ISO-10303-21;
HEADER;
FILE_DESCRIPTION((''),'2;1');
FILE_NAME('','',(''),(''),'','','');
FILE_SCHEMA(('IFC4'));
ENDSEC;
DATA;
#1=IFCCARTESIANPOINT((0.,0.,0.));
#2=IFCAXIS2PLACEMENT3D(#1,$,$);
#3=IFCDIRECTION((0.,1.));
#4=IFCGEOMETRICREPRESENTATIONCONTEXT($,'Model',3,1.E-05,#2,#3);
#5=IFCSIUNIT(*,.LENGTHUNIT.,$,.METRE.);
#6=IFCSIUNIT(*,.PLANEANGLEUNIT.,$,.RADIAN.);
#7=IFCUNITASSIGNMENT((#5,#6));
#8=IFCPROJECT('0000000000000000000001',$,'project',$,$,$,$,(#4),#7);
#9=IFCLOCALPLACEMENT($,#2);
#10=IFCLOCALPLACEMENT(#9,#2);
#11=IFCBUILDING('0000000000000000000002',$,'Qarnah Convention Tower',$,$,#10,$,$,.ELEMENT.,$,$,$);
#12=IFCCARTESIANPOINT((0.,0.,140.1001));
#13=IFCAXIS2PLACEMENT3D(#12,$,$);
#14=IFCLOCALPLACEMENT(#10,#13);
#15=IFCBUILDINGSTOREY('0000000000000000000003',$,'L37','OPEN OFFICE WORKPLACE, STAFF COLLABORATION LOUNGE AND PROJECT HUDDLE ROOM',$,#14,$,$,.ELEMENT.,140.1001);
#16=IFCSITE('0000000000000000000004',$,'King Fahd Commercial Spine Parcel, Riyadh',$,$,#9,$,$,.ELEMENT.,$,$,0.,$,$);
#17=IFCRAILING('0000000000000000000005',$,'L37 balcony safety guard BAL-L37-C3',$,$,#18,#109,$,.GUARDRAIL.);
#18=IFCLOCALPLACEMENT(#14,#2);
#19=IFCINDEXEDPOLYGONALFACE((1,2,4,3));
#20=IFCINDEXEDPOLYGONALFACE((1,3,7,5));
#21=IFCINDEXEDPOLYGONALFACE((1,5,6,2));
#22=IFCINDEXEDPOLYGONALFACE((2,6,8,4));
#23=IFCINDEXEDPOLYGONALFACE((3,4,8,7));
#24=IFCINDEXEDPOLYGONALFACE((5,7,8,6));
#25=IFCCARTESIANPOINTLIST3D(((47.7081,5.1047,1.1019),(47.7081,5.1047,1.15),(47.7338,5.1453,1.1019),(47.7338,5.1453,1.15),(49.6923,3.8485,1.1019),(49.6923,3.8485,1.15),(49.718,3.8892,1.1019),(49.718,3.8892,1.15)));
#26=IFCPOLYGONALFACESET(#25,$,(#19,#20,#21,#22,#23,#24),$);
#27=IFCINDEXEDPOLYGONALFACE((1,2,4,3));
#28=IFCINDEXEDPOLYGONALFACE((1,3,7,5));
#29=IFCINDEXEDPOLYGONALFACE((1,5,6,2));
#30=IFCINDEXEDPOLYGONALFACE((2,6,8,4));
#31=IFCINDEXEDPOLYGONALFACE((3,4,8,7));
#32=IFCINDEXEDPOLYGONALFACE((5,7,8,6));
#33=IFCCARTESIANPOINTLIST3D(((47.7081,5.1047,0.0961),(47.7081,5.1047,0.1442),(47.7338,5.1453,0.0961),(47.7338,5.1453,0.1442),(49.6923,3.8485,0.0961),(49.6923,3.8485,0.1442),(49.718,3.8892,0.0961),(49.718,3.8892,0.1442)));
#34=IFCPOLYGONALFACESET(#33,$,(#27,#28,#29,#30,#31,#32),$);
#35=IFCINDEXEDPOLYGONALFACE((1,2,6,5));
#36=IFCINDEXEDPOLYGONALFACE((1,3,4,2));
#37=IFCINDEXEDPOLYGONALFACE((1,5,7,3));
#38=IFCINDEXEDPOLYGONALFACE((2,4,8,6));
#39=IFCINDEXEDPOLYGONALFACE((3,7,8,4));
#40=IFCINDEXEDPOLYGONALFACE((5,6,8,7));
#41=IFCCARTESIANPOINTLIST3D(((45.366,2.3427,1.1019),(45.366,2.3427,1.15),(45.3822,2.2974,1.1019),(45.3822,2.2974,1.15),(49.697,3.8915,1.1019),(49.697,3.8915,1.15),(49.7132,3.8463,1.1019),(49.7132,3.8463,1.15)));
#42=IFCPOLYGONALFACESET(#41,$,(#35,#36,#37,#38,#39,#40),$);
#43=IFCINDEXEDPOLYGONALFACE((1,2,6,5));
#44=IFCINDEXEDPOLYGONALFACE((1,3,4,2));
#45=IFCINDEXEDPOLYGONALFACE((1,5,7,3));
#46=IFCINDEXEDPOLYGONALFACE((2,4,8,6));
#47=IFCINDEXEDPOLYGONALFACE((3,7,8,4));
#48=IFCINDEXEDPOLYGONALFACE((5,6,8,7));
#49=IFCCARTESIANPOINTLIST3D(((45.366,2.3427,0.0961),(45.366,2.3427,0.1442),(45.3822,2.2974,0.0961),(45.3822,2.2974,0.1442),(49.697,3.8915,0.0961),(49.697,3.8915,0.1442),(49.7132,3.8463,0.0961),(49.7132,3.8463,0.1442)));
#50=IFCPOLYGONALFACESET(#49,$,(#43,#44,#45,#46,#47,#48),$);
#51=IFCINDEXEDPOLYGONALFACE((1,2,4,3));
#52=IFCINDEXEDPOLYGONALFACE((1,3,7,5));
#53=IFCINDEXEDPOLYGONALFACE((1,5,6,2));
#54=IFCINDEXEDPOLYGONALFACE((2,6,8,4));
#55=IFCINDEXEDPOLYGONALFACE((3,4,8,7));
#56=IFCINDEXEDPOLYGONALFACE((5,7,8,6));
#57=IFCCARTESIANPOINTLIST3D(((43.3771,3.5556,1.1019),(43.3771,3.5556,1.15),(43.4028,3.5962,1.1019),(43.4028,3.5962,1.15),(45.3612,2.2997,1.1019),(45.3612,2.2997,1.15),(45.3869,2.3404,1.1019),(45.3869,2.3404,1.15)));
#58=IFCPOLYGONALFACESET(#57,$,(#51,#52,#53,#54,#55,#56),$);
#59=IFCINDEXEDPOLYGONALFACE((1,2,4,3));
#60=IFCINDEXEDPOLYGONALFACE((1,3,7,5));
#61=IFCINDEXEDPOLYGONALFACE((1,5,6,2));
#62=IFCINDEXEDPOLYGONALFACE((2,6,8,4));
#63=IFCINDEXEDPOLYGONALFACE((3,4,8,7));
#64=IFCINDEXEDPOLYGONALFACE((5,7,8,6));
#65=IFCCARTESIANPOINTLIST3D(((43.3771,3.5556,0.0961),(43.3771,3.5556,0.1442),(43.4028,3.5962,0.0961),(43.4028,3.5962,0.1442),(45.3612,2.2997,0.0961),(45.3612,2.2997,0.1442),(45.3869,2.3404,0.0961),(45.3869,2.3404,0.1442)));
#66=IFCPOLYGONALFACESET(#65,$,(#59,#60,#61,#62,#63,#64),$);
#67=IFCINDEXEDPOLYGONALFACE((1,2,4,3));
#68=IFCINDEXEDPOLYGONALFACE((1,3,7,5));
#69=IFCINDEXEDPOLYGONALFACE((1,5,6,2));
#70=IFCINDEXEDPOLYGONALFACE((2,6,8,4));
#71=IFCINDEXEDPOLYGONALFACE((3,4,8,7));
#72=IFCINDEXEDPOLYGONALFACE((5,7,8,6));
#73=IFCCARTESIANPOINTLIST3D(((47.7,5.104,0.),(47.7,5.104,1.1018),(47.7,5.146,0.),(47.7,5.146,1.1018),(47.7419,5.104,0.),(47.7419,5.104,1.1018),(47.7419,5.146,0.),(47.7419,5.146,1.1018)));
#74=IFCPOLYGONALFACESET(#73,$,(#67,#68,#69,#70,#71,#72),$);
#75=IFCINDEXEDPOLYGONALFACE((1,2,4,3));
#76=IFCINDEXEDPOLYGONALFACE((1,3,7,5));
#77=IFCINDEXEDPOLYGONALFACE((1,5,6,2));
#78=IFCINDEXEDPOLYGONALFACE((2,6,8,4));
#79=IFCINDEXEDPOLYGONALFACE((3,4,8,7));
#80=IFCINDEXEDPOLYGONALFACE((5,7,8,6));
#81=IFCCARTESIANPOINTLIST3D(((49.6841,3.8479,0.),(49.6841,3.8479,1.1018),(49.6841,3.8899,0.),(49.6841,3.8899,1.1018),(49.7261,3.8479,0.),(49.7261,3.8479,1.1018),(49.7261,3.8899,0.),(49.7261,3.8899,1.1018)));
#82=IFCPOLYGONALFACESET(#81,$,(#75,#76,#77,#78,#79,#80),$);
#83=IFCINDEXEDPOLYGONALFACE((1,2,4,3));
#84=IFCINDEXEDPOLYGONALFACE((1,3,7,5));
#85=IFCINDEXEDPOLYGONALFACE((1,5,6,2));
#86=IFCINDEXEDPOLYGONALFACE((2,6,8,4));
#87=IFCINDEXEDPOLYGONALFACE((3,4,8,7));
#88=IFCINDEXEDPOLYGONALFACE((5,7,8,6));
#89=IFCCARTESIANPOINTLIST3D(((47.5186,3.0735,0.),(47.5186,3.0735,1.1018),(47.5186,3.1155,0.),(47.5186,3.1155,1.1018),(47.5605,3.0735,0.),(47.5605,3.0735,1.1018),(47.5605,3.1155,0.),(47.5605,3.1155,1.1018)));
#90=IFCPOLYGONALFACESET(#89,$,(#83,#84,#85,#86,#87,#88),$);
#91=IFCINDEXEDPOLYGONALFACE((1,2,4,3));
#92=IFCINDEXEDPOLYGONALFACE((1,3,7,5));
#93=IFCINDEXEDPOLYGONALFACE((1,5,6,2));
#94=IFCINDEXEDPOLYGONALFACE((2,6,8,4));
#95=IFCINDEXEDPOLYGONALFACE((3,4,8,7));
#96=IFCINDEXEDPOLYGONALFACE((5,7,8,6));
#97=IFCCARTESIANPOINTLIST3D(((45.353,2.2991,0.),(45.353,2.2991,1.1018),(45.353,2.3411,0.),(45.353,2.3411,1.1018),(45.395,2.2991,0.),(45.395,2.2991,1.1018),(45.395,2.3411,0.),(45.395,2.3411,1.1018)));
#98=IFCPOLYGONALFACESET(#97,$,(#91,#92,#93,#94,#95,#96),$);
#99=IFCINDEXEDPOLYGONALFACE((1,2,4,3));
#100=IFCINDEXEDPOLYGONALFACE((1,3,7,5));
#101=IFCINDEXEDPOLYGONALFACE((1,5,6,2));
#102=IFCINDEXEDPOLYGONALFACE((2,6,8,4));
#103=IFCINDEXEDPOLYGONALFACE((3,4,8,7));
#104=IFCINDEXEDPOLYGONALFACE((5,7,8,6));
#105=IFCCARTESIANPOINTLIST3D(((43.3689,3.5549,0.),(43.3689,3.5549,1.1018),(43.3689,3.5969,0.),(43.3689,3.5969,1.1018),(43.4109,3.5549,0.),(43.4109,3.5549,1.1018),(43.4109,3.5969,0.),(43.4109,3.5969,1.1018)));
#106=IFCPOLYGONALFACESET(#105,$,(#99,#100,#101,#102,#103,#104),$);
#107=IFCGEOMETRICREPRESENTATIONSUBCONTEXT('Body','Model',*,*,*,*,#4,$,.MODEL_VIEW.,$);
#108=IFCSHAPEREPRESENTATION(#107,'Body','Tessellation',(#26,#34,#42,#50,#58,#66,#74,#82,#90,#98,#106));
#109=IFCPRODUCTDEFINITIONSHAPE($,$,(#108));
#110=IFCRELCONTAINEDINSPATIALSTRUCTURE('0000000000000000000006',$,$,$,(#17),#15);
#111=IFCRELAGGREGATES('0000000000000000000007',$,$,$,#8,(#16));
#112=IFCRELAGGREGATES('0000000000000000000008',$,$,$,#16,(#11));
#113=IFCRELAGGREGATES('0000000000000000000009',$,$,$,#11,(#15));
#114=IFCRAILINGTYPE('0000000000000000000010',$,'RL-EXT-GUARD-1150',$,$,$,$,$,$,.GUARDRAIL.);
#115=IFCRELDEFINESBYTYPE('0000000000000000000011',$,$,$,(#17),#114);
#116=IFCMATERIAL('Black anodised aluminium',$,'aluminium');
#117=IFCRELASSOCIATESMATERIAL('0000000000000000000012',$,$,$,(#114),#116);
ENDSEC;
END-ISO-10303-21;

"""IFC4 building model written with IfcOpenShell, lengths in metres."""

from ifc_helpers import new_model, si_unit, direction, frame, origin, origin_2d, place, context, subcontext, project, spatial, rectangle, extrude, material, type_object, element, save


model = new_model("IFC4")

# Units and contexts
model_context = context("Model", 3, precision=1e-05, world=origin(), true_north=direction((0.0, 1.0)))
body_context = subcontext(model_context, "Body", "Model", "MODEL_VIEW")
ifc_project = project(units=[si_unit("LENGTHUNIT", "METRE"), si_unit("PLANEANGLEUNIT", "RADIAN")], contexts=[model_context])

# Site, building, storey
site_placement = place(None, origin())
site = spatial("IfcSite", under=ifc_project, at=site_placement, Name="King Fahd Commercial Spine Parcel, Riyadh", CompositionType="ELEMENT", RefElevation=0.0)
building_placement = place(site_placement, origin())
building = spatial("IfcBuilding", under=site, at=building_placement, Name="Qarnah Convention Tower", CompositionType="ELEMENT")
storey_placement = place(building_placement, frame((0.0, 0.0, 140.1001)))
storey = spatial("IfcBuildingStorey", under=building, at=storey_placement, Name="L37", Description="OPEN OFFICE WORKPLACE, STAFF COLLABORATION LOUNGE AND PROJECT HUDDLE ROOM", CompositionType="ELEMENT", Elevation=140.1001)

# Shared definitions
ifc_material_1 = material(Name="Black anodised aluminium", Category="aluminium")

# Railing
railing_type = type_object("IfcRailingType", Name="RL-EXT-GUARD-1150", PredefinedType="GUARDRAIL", material=ifc_material_1)
railing_1_placement = place(storey_placement, frame((47.7209, 5.125, 0.0)))
element("IfcRailing", 1, at=railing_1_placement, inside=storey, type_object=railing_type, Name="L37 balcony safety guard BAL-L37-C3", PredefinedType="GUARDRAIL", context=body_context, shape_type="SweptSolid", body=[
    extrude(rectangle(XDim=0.0481, YDim=0.0481, at=origin_2d()), frame((0.0, 0.0, 1.126), z_axis=(0.844918, -0.534896, 0.0), x_axis=(0.534896, 0.844918, 0.0)), (0.0, 0.0, 1.0), 2.3484),
    extrude(rectangle(XDim=0.0481, YDim=0.0481, at=origin_2d()), frame((0.0, 0.0, 0.1201), z_axis=(0.844918, -0.534896, 0.0), x_axis=(0.534896, 0.844918, 0.0)), (0.0, 0.0, 1.0), 2.3484),
    extrude(rectangle(XDim=0.0481, YDim=0.0481, at=origin_2d()), frame((1.9841, -1.2561, 1.126), z_axis=(-0.941603, -0.336726, 0.0), x_axis=(0.336726, -0.941603, 0.0)), (0.0, 0.0, 1.0), 4.5996),
    extrude(rectangle(XDim=0.0481, YDim=0.0481, at=origin_2d()), frame((1.9841, -1.2561, 0.1201), z_axis=(-0.941603, -0.336726, 0.0), x_axis=(0.336726, -0.941603, 0.0)), (0.0, 0.0, 1.0), 4.5996),
    extrude(rectangle(XDim=0.0481, YDim=0.0481, at=origin_2d()), frame((-2.3469, -2.8049, 1.126), z_axis=(-0.844965, 0.534822, 0.0), x_axis=(-0.534822, -0.844965, 0.0)), (0.0, 0.0, 1.0), 2.3481),
    extrude(rectangle(XDim=0.0481, YDim=0.0481, at=origin_2d()), frame((-2.3469, -2.8049, 0.1201), z_axis=(-0.844965, 0.534822, 0.0), x_axis=(-0.534822, -0.844965, 0.0)), (0.0, 0.0, 1.0), 2.3481),
    extrude(rectangle(XDim=0.042, YDim=0.042, at=origin_2d()), origin(), (0.0, 0.0, 1.0), 1.1018),
    extrude(rectangle(XDim=0.042, YDim=0.042, at=origin_2d()), frame((1.9841, -1.2561, 0.0)), (0.0, 0.0, 1.0), 1.1018),
    extrude(rectangle(XDim=0.042, YDim=0.042, at=origin_2d()), frame((-0.1814, -2.0305, 0.0)), (0.0, 0.0, 1.0), 1.1018),
    extrude(rectangle(XDim=0.042, YDim=0.042, at=origin_2d()), frame((-2.3469, -2.8049, 0.0)), (0.0, 0.0, 1.0), 1.1018),
    extrude(rectangle(XDim=0.042, YDim=0.042, at=origin_2d()), frame((-4.3311, -1.5491, 0.0)), (0.0, 0.0, 1.0), 1.1018),
])

save(model, "model.ifc")
